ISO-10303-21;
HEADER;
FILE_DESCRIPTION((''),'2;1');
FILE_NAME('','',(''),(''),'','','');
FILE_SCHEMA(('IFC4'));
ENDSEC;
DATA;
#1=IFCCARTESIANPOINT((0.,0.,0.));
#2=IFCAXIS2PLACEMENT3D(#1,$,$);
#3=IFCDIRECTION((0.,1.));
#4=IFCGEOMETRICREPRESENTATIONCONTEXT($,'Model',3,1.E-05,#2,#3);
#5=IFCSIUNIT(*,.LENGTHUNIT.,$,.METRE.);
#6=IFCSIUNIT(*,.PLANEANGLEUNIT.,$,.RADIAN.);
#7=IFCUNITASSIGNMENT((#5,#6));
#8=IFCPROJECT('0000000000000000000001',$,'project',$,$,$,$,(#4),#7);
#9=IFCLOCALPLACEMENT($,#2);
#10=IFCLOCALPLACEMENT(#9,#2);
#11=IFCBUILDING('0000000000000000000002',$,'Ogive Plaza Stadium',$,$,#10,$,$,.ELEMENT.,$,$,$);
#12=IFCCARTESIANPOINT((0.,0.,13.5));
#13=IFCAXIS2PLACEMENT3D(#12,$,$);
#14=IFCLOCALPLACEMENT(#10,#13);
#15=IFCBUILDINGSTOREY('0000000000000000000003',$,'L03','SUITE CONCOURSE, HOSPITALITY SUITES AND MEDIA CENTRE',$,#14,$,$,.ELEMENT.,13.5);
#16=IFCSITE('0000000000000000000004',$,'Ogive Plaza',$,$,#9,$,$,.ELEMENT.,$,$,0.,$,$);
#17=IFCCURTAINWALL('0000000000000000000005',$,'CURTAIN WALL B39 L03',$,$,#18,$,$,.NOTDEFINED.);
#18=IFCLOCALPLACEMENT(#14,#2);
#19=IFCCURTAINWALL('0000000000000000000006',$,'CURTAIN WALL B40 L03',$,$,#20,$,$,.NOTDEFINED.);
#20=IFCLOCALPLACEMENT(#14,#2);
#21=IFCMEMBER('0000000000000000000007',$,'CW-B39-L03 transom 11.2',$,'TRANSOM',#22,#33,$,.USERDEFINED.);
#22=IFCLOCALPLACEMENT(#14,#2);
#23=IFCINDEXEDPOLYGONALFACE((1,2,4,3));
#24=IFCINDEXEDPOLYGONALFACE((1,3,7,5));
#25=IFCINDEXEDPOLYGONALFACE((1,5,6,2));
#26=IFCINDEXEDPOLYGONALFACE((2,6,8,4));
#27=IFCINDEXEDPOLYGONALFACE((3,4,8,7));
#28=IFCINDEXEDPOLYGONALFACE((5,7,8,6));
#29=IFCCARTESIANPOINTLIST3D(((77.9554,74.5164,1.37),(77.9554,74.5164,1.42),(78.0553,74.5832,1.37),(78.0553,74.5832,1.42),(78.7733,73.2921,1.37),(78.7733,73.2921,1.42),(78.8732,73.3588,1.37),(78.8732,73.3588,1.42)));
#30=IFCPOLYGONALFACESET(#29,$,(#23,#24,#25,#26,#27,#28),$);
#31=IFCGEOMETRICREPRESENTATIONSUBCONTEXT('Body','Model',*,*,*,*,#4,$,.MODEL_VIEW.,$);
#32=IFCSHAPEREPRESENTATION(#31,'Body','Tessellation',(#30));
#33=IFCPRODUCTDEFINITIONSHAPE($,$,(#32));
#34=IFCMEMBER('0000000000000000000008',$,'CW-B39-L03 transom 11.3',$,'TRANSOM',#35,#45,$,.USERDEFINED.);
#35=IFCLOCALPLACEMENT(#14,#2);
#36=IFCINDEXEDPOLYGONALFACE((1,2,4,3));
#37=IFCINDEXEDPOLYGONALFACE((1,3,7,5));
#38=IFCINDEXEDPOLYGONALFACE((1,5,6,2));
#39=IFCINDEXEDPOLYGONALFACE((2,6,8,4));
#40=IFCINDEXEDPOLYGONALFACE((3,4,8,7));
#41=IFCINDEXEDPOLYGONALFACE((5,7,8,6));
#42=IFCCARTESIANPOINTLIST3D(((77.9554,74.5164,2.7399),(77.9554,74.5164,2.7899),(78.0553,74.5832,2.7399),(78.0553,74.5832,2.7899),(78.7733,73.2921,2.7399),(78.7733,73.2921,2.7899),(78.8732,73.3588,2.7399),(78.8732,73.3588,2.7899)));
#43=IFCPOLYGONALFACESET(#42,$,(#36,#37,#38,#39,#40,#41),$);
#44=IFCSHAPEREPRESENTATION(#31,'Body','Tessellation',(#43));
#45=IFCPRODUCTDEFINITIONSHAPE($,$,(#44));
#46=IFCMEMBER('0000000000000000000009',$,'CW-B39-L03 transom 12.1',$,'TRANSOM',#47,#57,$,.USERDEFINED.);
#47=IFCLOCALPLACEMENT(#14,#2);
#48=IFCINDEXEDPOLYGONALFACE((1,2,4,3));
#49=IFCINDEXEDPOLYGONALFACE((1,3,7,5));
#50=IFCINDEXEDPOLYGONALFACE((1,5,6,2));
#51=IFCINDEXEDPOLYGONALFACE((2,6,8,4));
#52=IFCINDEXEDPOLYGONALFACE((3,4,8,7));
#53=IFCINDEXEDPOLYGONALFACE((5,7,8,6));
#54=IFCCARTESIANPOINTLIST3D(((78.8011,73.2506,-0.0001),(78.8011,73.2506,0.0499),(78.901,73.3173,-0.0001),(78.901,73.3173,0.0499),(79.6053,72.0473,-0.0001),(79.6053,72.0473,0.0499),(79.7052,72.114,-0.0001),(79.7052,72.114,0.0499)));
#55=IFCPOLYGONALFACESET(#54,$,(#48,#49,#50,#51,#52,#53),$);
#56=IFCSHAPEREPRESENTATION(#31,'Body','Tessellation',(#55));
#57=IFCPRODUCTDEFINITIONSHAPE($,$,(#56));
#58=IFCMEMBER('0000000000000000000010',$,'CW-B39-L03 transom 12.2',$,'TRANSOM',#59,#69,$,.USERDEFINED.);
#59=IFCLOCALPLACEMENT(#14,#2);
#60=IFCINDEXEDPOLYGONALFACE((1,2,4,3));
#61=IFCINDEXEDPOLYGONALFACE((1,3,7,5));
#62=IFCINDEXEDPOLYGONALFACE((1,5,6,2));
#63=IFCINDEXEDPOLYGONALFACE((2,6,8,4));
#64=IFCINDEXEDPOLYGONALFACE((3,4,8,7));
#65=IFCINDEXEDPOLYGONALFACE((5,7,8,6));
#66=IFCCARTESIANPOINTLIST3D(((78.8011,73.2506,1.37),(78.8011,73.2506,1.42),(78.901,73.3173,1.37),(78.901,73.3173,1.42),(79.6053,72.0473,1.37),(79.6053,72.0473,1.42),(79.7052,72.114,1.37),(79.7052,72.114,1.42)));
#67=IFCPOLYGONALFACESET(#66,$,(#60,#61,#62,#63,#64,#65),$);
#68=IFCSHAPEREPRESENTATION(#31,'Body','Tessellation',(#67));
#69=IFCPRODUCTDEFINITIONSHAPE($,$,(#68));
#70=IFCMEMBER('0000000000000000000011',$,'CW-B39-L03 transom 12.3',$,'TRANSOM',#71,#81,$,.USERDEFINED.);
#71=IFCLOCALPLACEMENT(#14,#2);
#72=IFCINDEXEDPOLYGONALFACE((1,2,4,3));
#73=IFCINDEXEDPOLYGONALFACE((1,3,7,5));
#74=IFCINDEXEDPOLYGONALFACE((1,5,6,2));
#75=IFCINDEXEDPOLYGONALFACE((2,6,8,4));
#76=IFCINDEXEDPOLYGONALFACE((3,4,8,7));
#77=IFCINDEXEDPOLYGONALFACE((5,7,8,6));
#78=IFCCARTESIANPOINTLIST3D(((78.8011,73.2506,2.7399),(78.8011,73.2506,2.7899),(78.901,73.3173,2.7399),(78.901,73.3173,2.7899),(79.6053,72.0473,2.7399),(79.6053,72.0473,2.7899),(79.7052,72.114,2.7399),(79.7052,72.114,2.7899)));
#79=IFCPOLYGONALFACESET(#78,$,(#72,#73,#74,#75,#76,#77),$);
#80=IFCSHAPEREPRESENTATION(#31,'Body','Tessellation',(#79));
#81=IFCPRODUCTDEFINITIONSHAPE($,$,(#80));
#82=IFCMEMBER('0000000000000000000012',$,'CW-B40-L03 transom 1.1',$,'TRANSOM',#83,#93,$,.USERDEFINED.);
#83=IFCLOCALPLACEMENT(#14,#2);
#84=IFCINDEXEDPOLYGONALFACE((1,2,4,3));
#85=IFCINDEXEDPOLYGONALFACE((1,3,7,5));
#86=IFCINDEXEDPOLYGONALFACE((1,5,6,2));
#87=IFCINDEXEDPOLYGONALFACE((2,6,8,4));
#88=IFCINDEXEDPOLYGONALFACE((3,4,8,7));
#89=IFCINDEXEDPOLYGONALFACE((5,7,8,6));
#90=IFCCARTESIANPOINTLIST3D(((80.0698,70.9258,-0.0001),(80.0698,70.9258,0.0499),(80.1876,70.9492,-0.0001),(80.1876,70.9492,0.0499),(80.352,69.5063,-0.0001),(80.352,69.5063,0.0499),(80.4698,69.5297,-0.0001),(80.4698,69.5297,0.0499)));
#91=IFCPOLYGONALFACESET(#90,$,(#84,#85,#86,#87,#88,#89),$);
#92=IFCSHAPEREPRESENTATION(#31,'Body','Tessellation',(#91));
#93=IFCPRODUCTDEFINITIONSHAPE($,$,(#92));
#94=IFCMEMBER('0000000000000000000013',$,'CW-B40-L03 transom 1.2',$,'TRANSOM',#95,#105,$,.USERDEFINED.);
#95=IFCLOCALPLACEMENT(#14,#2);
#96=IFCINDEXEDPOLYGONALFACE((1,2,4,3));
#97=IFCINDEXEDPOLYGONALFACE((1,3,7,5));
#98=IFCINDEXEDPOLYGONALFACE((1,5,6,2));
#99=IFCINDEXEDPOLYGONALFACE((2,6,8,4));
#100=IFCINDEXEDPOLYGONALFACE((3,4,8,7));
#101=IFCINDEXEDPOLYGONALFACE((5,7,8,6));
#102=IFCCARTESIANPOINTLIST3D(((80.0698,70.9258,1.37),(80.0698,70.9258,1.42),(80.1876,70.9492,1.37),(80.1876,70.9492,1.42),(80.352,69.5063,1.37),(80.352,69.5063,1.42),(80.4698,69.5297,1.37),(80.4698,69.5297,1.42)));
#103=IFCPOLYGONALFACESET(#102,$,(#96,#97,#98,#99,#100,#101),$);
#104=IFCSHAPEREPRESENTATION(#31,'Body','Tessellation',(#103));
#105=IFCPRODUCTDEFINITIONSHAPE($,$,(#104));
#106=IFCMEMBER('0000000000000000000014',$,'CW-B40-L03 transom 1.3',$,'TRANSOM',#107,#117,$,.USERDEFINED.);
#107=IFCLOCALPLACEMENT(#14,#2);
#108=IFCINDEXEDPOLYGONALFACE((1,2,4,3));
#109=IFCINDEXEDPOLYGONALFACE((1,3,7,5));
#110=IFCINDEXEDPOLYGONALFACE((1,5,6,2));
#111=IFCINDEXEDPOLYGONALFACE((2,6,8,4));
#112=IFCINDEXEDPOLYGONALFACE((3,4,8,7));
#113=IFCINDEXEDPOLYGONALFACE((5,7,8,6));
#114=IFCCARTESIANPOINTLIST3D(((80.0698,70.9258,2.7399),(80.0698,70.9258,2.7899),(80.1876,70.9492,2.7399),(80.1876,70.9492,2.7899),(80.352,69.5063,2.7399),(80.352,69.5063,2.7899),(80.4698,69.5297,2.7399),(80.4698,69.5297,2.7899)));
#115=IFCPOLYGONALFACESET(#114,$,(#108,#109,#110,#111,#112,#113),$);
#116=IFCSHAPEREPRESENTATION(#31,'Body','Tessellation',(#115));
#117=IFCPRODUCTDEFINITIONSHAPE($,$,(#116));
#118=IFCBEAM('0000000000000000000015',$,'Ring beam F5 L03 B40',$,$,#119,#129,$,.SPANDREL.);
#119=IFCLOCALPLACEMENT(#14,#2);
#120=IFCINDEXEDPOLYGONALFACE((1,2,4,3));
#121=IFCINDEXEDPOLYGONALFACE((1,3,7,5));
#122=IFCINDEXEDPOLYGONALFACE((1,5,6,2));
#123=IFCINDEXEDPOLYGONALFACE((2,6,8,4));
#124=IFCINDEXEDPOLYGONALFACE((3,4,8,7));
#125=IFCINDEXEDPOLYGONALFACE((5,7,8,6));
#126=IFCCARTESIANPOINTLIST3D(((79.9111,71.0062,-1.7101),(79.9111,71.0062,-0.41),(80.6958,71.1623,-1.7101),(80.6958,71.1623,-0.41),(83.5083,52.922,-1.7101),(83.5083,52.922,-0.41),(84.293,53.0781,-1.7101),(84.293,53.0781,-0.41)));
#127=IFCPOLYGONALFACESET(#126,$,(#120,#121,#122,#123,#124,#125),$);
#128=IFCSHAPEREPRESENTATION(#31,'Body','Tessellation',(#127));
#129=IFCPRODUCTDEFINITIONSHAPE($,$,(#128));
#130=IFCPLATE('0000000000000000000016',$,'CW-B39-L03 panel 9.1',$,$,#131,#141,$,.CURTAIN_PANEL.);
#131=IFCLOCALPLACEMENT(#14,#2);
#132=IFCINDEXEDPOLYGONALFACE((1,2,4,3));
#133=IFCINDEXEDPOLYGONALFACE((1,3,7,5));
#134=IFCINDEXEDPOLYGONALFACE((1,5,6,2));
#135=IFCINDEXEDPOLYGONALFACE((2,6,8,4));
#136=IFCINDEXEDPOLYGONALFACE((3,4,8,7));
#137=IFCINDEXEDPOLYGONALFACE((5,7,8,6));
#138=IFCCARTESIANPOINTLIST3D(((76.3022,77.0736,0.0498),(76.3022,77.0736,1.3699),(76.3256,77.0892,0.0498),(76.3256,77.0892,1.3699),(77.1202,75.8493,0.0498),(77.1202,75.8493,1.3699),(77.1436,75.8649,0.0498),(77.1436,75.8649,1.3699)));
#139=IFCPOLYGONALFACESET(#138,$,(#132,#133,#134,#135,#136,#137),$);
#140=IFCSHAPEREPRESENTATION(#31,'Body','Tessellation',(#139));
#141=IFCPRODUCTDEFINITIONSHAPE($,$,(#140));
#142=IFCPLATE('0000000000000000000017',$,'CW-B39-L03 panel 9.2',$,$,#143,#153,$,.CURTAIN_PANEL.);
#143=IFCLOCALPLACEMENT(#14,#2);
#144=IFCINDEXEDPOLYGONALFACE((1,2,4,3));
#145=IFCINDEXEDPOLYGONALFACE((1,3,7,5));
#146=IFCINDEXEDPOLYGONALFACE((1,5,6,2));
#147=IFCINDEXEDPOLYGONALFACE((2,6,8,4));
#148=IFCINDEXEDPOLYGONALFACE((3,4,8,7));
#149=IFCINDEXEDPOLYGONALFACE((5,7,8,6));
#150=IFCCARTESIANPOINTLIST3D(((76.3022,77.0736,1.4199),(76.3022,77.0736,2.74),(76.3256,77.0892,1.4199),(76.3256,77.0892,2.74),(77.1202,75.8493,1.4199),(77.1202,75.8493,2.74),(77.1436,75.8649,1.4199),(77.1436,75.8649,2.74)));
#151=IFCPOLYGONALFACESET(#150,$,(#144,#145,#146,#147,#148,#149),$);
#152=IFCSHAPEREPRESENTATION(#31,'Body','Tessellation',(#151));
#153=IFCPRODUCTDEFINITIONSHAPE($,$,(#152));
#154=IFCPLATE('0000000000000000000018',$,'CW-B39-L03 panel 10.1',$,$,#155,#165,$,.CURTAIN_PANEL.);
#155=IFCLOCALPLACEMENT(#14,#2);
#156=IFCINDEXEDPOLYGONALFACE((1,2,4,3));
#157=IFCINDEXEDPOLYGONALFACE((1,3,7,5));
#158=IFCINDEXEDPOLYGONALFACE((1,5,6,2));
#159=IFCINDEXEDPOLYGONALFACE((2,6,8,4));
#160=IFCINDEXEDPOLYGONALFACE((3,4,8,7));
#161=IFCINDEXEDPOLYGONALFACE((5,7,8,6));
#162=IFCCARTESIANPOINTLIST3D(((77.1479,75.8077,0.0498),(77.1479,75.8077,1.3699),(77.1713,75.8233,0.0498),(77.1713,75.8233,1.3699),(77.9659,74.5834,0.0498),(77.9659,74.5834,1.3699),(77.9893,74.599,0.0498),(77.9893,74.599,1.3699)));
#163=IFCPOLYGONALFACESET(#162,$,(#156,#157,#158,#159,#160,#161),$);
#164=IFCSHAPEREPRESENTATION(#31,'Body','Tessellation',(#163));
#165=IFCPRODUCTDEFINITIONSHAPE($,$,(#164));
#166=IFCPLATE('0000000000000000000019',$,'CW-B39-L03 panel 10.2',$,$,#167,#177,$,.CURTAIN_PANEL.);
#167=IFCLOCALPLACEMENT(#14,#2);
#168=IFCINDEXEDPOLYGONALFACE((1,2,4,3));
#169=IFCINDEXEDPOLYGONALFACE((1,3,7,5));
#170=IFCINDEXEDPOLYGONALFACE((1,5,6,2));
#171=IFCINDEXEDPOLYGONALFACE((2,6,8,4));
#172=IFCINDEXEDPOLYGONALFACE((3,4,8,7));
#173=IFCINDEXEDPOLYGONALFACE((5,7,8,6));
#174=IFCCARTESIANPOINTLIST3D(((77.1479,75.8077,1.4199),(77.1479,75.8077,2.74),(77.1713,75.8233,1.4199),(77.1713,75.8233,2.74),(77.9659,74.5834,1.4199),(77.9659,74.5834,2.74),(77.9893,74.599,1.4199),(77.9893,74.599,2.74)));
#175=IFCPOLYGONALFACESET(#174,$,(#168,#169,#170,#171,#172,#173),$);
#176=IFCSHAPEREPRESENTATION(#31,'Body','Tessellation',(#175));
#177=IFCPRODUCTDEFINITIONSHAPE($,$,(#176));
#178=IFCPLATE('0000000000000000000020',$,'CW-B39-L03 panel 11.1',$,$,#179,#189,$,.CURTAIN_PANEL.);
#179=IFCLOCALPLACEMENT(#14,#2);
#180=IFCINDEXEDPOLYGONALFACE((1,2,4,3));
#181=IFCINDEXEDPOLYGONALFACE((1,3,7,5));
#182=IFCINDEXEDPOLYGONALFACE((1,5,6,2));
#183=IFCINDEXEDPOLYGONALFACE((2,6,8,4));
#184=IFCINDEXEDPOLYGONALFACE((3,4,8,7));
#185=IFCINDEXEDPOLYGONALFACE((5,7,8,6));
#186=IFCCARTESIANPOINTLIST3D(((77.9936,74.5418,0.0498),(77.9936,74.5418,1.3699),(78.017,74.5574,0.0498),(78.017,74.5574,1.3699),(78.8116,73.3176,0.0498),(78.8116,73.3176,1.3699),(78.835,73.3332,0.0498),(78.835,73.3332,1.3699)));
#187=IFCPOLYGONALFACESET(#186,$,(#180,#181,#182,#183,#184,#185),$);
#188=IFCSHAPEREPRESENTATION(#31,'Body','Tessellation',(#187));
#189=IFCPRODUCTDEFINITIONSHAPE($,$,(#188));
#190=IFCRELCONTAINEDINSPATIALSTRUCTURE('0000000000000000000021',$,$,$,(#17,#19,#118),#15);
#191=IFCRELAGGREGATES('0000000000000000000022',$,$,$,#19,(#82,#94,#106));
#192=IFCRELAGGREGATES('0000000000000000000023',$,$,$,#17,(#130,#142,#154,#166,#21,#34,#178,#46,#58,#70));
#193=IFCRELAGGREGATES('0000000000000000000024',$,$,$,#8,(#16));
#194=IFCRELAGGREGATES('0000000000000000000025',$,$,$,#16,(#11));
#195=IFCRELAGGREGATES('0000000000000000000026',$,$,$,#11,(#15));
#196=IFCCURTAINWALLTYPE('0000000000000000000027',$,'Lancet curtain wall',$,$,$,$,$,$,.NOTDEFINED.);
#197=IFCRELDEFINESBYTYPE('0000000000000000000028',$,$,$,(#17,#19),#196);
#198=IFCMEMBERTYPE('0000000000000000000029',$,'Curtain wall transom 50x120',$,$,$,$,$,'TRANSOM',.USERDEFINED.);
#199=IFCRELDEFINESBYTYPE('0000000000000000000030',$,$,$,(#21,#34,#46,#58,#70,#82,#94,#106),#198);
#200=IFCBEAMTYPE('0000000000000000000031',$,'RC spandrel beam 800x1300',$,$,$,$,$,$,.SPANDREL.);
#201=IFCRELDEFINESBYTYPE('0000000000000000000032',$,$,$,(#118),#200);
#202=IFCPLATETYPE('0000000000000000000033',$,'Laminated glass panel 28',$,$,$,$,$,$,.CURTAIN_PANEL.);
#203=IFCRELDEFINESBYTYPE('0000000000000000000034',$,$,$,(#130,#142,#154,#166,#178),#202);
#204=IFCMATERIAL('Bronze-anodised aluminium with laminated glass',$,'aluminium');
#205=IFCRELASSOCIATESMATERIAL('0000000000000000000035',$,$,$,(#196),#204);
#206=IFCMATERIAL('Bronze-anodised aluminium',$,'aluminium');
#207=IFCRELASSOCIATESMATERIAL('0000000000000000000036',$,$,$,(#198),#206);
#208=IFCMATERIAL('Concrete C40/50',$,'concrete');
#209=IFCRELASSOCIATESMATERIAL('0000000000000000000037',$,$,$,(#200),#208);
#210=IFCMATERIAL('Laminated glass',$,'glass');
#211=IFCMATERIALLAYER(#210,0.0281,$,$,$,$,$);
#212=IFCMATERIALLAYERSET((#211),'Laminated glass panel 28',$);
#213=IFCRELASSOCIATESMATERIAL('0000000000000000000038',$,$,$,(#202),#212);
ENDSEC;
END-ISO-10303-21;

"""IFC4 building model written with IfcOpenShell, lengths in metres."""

from ifc_helpers import new_model, si_unit, direction, frame, origin, origin_2d, place, context, subcontext, project, spatial, rectangle, extrude, material, layer, layer_set, material_profile, profile_set, type_object, element, aggregate, save


model = new_model("IFC4")

# Units and contexts
model_context = context("Model", 3, precision=1e-05, world=origin(), true_north=direction((0.0, 1.0)))
body_context = subcontext(model_context, "Body", "Model", "MODEL_VIEW")
ifc_project = project(units=[si_unit("LENGTHUNIT", "METRE"), si_unit("PLANEANGLEUNIT", "RADIAN")], contexts=[model_context])

# Site, building, storey
site_placement = place(None, origin())
site = spatial("IfcSite", under=ifc_project, at=site_placement, Name="Ogive Plaza", CompositionType="ELEMENT", RefElevation=0.0)
building_placement = place(site_placement, origin())
building = spatial("IfcBuilding", under=site, at=building_placement, Name="Ogive Plaza Stadium", CompositionType="ELEMENT")
storey_placement = place(building_placement, frame((0.0, 0.0, 13.5)))
storey = spatial("IfcBuildingStorey", under=building, at=storey_placement, Name="L03", Description="SUITE CONCOURSE, HOSPITALITY SUITES AND MEDIA CENTRE", CompositionType="ELEMENT", Elevation=13.5)

# Curtain wall
ifc_material_1 = material(Name="Bronze-anodised aluminium with laminated glass", Category="aluminium")
curtain_wall_type = type_object("IfcCurtainWallType", Name="Lancet curtain wall", PredefinedType="NOTDEFINED", material=ifc_material_1)
curtain_wall_1_placement = place(storey_placement, origin())
curtain_wall_1 = element("IfcCurtainWall", 1, at=curtain_wall_1_placement, inside=storey, type_object=curtain_wall_type, Name="CURTAIN WALL B39 L03", PredefinedType="NOTDEFINED")

# Curtain wall
curtain_wall_2_placement = place(storey_placement, origin())
curtain_wall_2 = element("IfcCurtainWall", 2, at=curtain_wall_2_placement, inside=storey, type_object=curtain_wall_type, Name="CURTAIN WALL B40 L03", PredefinedType="NOTDEFINED")

# Members
ifc_material_2 = material(Name="Bronze-anodised aluminium", Category="aluminium")
ifc_material_profile_1 = material_profile(ifc_material_2, rectangle(XDim=0.1201, YDim=0.05, at=origin_2d()), Name="AL 120x50")
ifc_profile_set_1 = profile_set([ifc_material_profile_1], Name="Bronze-anodised aluminium")
member_type_1 = type_object("IfcMemberType", Name="Curtain wall transom 50x120", ElementType="TRANSOM", PredefinedType="USERDEFINED", material=ifc_profile_set_1)
member_1_placement = place(storey_placement, frame((78.0054, 74.5498, 1.395), z_axis=(0.555465, -0.83154, 0.0), x_axis=(0.83154, 0.555465, 0.0)))
member_1 = element("IfcMember", 3, at=member_1_placement, type_object=member_type_1, Name="CW-B39-L03 transom 11.2", ObjectType="TRANSOM", PredefinedType="USERDEFINED", context=body_context, shape_type="SweptSolid", body=[
    extrude(rectangle(XDim=0.1201, YDim=0.05, at=origin_2d()), origin(), (0.0, 0.0, 1.0), 1.4724),
])
member_2_placement = place(storey_placement, frame((78.0054, 74.5498, 2.7649), z_axis=(0.555465, -0.83154, 0.0), x_axis=(0.83154, 0.555465, 0.0)))
member_2 = element("IfcMember", 4, at=member_2_placement, type_object=member_type_1, Name="CW-B39-L03 transom 11.3", ObjectType="TRANSOM", PredefinedType="USERDEFINED", context=body_context, shape_type="SweptSolid", body=[
    extrude(rectangle(XDim=0.1201, YDim=0.05, at=origin_2d()), origin(), (0.0, 0.0, 1.0), 1.4724),
])
member_3_placement = place(storey_placement, frame((78.8511, 73.2839, 0.0249), z_axis=(0.555634, -0.831427, 0.0), x_axis=(0.831427, 0.555634, 0.0)))
member_3 = element("IfcMember", 5, at=member_3_placement, type_object=member_type_1, Name="CW-B39-L03 transom 12.1", ObjectType="TRANSOM", PredefinedType="USERDEFINED", context=body_context, shape_type="SweptSolid", body=[
    extrude(rectangle(XDim=0.1201, YDim=0.05, at=origin_2d()), origin(), (0.0, 0.0, 1.0), 1.4473),
])
member_4_placement = place(storey_placement, frame((78.8511, 73.2839, 1.395), z_axis=(0.555634, -0.831427, 0.0), x_axis=(0.831427, 0.555634, 0.0)))
member_4 = element("IfcMember", 6, at=member_4_placement, type_object=member_type_1, Name="CW-B39-L03 transom 12.2", ObjectType="TRANSOM", PredefinedType="USERDEFINED", context=body_context, shape_type="SweptSolid", body=[
    extrude(rectangle(XDim=0.1201, YDim=0.05, at=origin_2d()), origin(), (0.0, 0.0, 1.0), 1.4473),
])
member_5_placement = place(storey_placement, frame((78.8511, 73.2839, 2.7649), z_axis=(0.555634, -0.831427, 0.0), x_axis=(0.831427, 0.555634, 0.0)))
member_5 = element("IfcMember", 7, at=member_5_placement, type_object=member_type_1, Name="CW-B39-L03 transom 12.3", ObjectType="TRANSOM", PredefinedType="USERDEFINED", context=body_context, shape_type="SweptSolid", body=[
    extrude(rectangle(XDim=0.1201, YDim=0.05, at=origin_2d()), origin(), (0.0, 0.0, 1.0), 1.4473),
])
member_6_placement = place(storey_placement, frame((80.1287, 70.9375, 0.0249), z_axis=(0.195013, -0.980801, 0.0), x_axis=(0.980801, 0.195013, 0.0)))
member_6 = element("IfcMember", 8, at=member_6_placement, type_object=member_type_1, Name="CW-B40-L03 transom 1.1", ObjectType="TRANSOM", PredefinedType="USERDEFINED", context=body_context, shape_type="SweptSolid", body=[
    extrude(rectangle(XDim=0.1201, YDim=0.05, at=origin_2d()), origin(), (0.0, 0.0, 1.0), 1.4473),
])
member_7_placement = place(storey_placement, frame((80.1287, 70.9375, 1.395), z_axis=(0.195013, -0.980801, 0.0), x_axis=(0.980801, 0.195013, 0.0)))
member_7 = element("IfcMember", 9, at=member_7_placement, type_object=member_type_1, Name="CW-B40-L03 transom 1.2", ObjectType="TRANSOM", PredefinedType="USERDEFINED", context=body_context, shape_type="SweptSolid", body=[
    extrude(rectangle(XDim=0.1201, YDim=0.05, at=origin_2d()), origin(), (0.0, 0.0, 1.0), 1.4473),
])
member_8_placement = place(storey_placement, frame((80.1287, 70.9375, 2.7649), z_axis=(0.195013, -0.980801, 0.0), x_axis=(0.980801, 0.195013, 0.0)))
member_8 = element("IfcMember", 10, at=member_8_placement, type_object=member_type_1, Name="CW-B40-L03 transom 1.3", ObjectType="TRANSOM", PredefinedType="USERDEFINED", context=body_context, shape_type="SweptSolid", body=[
    extrude(rectangle(XDim=0.1201, YDim=0.05, at=origin_2d()), origin(), (0.0, 0.0, 1.0), 1.4473),
])
aggregate(curtain_wall_2, [member_6, member_7, member_8])

# Beam
ifc_material_3 = material(Name="Concrete C40/50", Category="concrete")
ifc_material_profile_2 = material_profile(ifc_material_3, rectangle(XDim=0.8, YDim=1.3, at=origin_2d()), Name="RC 800x1300")
ifc_profile_set_2 = profile_set([ifc_material_profile_2], Name="Concrete C40/50")
beam_type = type_object("IfcBeamType", Name="RC spandrel beam 800x1300", PredefinedType="SPANDREL", material=ifc_profile_set_2)
beam_placement = place(storey_placement, frame((80.3035, 71.0842, -1.0601), z_axis=(0.19509, -0.980785, 0.0), x_axis=(0.980785, 0.19509, 0.0)))
element("IfcBeam", 11, at=beam_placement, inside=storey, type_object=beam_type, Name="Ring beam F5 L03 B40", PredefinedType="SPANDREL", context=body_context, shape_type="SweptSolid", body=[
    extrude(rectangle(XDim=0.8, YDim=1.3, at=origin_2d()), origin(), (0.0, 0.0, 1.0), 18.4385),
])

# Plates
ifc_material_4 = material(Name="Laminated glass", Category="glass")
ifc_layer = layer(ifc_material_4, 0.0281)
ifc_layer_set = layer_set([ifc_layer], Name="Laminated glass panel 28")
plate_type = type_object("IfcPlateType", Name="Laminated glass panel 28", PredefinedType="CURTAIN_PANEL", material=ifc_layer_set)
plate_1_placement = place(storey_placement, frame((76.7229, 76.4692, 0.0498), z_axis=(0.0, 0.0, 1.0), x_axis=(0.55557, -0.83147, 0.0)))
plate_1 = element("IfcPlate", 12, at=plate_1_placement, type_object=plate_type, Name="CW-B39-L03 panel 9.1", PredefinedType="CURTAIN_PANEL", context=body_context, shape_type="SweptSolid", body=[
    extrude(rectangle(XDim=1.4724, YDim=0.0281, at=origin_2d()), origin(), (0.0, 0.0, 1.0), 1.3201),
])
plate_2_placement = place(storey_placement, frame((76.7229, 76.4692, 1.4199), z_axis=(0.0, 0.0, 1.0), x_axis=(0.55557, -0.83147, 0.0)))
plate_2 = element("IfcPlate", 13, at=plate_2_placement, type_object=plate_type, Name="CW-B39-L03 panel 9.2", PredefinedType="CURTAIN_PANEL", context=body_context, shape_type="SweptSolid", body=[
    extrude(rectangle(XDim=1.4724, YDim=0.0281, at=origin_2d()), origin(), (0.0, 0.0, 1.0), 1.3201),
])
plate_3_placement = place(storey_placement, frame((77.5686, 75.2034, 0.0498), z_axis=(0.0, 0.0, 1.0), x_axis=(0.55557, -0.83147, 0.0)))
plate_3 = element("IfcPlate", 14, at=plate_3_placement, type_object=plate_type, Name="CW-B39-L03 panel 10.1", PredefinedType="CURTAIN_PANEL", context=body_context, shape_type="SweptSolid", body=[
    extrude(rectangle(XDim=1.4724, YDim=0.0281, at=origin_2d()), origin(), (0.0, 0.0, 1.0), 1.3201),
])
plate_4_placement = place(storey_placement, frame((77.5686, 75.2034, 1.4199), z_axis=(0.0, 0.0, 1.0), x_axis=(0.55557, -0.83147, 0.0)))
plate_4 = element("IfcPlate", 15, at=plate_4_placement, type_object=plate_type, Name="CW-B39-L03 panel 10.2", PredefinedType="CURTAIN_PANEL", context=body_context, shape_type="SweptSolid", body=[
    extrude(rectangle(XDim=1.4724, YDim=0.0281, at=origin_2d()), origin(), (0.0, 0.0, 1.0), 1.3201),
])
plate_5_placement = place(storey_placement, frame((78.4143, 73.9375, 0.0498), z_axis=(0.0, 0.0, 1.0), x_axis=(0.55557, -0.83147, 0.0)))
plate_5 = element("IfcPlate", 16, at=plate_5_placement, type_object=plate_type, Name="CW-B39-L03 panel 11.1", PredefinedType="CURTAIN_PANEL", context=body_context, shape_type="SweptSolid", body=[
    extrude(rectangle(XDim=1.4724, YDim=0.0281, at=origin_2d()), origin(), (0.0, 0.0, 1.0), 1.3201),
])
aggregate(curtain_wall_1, [plate_1, plate_2, plate_3, plate_4, member_1, member_2, plate_5, member_3, member_4, member_5])

save(model, "model.ifc")
